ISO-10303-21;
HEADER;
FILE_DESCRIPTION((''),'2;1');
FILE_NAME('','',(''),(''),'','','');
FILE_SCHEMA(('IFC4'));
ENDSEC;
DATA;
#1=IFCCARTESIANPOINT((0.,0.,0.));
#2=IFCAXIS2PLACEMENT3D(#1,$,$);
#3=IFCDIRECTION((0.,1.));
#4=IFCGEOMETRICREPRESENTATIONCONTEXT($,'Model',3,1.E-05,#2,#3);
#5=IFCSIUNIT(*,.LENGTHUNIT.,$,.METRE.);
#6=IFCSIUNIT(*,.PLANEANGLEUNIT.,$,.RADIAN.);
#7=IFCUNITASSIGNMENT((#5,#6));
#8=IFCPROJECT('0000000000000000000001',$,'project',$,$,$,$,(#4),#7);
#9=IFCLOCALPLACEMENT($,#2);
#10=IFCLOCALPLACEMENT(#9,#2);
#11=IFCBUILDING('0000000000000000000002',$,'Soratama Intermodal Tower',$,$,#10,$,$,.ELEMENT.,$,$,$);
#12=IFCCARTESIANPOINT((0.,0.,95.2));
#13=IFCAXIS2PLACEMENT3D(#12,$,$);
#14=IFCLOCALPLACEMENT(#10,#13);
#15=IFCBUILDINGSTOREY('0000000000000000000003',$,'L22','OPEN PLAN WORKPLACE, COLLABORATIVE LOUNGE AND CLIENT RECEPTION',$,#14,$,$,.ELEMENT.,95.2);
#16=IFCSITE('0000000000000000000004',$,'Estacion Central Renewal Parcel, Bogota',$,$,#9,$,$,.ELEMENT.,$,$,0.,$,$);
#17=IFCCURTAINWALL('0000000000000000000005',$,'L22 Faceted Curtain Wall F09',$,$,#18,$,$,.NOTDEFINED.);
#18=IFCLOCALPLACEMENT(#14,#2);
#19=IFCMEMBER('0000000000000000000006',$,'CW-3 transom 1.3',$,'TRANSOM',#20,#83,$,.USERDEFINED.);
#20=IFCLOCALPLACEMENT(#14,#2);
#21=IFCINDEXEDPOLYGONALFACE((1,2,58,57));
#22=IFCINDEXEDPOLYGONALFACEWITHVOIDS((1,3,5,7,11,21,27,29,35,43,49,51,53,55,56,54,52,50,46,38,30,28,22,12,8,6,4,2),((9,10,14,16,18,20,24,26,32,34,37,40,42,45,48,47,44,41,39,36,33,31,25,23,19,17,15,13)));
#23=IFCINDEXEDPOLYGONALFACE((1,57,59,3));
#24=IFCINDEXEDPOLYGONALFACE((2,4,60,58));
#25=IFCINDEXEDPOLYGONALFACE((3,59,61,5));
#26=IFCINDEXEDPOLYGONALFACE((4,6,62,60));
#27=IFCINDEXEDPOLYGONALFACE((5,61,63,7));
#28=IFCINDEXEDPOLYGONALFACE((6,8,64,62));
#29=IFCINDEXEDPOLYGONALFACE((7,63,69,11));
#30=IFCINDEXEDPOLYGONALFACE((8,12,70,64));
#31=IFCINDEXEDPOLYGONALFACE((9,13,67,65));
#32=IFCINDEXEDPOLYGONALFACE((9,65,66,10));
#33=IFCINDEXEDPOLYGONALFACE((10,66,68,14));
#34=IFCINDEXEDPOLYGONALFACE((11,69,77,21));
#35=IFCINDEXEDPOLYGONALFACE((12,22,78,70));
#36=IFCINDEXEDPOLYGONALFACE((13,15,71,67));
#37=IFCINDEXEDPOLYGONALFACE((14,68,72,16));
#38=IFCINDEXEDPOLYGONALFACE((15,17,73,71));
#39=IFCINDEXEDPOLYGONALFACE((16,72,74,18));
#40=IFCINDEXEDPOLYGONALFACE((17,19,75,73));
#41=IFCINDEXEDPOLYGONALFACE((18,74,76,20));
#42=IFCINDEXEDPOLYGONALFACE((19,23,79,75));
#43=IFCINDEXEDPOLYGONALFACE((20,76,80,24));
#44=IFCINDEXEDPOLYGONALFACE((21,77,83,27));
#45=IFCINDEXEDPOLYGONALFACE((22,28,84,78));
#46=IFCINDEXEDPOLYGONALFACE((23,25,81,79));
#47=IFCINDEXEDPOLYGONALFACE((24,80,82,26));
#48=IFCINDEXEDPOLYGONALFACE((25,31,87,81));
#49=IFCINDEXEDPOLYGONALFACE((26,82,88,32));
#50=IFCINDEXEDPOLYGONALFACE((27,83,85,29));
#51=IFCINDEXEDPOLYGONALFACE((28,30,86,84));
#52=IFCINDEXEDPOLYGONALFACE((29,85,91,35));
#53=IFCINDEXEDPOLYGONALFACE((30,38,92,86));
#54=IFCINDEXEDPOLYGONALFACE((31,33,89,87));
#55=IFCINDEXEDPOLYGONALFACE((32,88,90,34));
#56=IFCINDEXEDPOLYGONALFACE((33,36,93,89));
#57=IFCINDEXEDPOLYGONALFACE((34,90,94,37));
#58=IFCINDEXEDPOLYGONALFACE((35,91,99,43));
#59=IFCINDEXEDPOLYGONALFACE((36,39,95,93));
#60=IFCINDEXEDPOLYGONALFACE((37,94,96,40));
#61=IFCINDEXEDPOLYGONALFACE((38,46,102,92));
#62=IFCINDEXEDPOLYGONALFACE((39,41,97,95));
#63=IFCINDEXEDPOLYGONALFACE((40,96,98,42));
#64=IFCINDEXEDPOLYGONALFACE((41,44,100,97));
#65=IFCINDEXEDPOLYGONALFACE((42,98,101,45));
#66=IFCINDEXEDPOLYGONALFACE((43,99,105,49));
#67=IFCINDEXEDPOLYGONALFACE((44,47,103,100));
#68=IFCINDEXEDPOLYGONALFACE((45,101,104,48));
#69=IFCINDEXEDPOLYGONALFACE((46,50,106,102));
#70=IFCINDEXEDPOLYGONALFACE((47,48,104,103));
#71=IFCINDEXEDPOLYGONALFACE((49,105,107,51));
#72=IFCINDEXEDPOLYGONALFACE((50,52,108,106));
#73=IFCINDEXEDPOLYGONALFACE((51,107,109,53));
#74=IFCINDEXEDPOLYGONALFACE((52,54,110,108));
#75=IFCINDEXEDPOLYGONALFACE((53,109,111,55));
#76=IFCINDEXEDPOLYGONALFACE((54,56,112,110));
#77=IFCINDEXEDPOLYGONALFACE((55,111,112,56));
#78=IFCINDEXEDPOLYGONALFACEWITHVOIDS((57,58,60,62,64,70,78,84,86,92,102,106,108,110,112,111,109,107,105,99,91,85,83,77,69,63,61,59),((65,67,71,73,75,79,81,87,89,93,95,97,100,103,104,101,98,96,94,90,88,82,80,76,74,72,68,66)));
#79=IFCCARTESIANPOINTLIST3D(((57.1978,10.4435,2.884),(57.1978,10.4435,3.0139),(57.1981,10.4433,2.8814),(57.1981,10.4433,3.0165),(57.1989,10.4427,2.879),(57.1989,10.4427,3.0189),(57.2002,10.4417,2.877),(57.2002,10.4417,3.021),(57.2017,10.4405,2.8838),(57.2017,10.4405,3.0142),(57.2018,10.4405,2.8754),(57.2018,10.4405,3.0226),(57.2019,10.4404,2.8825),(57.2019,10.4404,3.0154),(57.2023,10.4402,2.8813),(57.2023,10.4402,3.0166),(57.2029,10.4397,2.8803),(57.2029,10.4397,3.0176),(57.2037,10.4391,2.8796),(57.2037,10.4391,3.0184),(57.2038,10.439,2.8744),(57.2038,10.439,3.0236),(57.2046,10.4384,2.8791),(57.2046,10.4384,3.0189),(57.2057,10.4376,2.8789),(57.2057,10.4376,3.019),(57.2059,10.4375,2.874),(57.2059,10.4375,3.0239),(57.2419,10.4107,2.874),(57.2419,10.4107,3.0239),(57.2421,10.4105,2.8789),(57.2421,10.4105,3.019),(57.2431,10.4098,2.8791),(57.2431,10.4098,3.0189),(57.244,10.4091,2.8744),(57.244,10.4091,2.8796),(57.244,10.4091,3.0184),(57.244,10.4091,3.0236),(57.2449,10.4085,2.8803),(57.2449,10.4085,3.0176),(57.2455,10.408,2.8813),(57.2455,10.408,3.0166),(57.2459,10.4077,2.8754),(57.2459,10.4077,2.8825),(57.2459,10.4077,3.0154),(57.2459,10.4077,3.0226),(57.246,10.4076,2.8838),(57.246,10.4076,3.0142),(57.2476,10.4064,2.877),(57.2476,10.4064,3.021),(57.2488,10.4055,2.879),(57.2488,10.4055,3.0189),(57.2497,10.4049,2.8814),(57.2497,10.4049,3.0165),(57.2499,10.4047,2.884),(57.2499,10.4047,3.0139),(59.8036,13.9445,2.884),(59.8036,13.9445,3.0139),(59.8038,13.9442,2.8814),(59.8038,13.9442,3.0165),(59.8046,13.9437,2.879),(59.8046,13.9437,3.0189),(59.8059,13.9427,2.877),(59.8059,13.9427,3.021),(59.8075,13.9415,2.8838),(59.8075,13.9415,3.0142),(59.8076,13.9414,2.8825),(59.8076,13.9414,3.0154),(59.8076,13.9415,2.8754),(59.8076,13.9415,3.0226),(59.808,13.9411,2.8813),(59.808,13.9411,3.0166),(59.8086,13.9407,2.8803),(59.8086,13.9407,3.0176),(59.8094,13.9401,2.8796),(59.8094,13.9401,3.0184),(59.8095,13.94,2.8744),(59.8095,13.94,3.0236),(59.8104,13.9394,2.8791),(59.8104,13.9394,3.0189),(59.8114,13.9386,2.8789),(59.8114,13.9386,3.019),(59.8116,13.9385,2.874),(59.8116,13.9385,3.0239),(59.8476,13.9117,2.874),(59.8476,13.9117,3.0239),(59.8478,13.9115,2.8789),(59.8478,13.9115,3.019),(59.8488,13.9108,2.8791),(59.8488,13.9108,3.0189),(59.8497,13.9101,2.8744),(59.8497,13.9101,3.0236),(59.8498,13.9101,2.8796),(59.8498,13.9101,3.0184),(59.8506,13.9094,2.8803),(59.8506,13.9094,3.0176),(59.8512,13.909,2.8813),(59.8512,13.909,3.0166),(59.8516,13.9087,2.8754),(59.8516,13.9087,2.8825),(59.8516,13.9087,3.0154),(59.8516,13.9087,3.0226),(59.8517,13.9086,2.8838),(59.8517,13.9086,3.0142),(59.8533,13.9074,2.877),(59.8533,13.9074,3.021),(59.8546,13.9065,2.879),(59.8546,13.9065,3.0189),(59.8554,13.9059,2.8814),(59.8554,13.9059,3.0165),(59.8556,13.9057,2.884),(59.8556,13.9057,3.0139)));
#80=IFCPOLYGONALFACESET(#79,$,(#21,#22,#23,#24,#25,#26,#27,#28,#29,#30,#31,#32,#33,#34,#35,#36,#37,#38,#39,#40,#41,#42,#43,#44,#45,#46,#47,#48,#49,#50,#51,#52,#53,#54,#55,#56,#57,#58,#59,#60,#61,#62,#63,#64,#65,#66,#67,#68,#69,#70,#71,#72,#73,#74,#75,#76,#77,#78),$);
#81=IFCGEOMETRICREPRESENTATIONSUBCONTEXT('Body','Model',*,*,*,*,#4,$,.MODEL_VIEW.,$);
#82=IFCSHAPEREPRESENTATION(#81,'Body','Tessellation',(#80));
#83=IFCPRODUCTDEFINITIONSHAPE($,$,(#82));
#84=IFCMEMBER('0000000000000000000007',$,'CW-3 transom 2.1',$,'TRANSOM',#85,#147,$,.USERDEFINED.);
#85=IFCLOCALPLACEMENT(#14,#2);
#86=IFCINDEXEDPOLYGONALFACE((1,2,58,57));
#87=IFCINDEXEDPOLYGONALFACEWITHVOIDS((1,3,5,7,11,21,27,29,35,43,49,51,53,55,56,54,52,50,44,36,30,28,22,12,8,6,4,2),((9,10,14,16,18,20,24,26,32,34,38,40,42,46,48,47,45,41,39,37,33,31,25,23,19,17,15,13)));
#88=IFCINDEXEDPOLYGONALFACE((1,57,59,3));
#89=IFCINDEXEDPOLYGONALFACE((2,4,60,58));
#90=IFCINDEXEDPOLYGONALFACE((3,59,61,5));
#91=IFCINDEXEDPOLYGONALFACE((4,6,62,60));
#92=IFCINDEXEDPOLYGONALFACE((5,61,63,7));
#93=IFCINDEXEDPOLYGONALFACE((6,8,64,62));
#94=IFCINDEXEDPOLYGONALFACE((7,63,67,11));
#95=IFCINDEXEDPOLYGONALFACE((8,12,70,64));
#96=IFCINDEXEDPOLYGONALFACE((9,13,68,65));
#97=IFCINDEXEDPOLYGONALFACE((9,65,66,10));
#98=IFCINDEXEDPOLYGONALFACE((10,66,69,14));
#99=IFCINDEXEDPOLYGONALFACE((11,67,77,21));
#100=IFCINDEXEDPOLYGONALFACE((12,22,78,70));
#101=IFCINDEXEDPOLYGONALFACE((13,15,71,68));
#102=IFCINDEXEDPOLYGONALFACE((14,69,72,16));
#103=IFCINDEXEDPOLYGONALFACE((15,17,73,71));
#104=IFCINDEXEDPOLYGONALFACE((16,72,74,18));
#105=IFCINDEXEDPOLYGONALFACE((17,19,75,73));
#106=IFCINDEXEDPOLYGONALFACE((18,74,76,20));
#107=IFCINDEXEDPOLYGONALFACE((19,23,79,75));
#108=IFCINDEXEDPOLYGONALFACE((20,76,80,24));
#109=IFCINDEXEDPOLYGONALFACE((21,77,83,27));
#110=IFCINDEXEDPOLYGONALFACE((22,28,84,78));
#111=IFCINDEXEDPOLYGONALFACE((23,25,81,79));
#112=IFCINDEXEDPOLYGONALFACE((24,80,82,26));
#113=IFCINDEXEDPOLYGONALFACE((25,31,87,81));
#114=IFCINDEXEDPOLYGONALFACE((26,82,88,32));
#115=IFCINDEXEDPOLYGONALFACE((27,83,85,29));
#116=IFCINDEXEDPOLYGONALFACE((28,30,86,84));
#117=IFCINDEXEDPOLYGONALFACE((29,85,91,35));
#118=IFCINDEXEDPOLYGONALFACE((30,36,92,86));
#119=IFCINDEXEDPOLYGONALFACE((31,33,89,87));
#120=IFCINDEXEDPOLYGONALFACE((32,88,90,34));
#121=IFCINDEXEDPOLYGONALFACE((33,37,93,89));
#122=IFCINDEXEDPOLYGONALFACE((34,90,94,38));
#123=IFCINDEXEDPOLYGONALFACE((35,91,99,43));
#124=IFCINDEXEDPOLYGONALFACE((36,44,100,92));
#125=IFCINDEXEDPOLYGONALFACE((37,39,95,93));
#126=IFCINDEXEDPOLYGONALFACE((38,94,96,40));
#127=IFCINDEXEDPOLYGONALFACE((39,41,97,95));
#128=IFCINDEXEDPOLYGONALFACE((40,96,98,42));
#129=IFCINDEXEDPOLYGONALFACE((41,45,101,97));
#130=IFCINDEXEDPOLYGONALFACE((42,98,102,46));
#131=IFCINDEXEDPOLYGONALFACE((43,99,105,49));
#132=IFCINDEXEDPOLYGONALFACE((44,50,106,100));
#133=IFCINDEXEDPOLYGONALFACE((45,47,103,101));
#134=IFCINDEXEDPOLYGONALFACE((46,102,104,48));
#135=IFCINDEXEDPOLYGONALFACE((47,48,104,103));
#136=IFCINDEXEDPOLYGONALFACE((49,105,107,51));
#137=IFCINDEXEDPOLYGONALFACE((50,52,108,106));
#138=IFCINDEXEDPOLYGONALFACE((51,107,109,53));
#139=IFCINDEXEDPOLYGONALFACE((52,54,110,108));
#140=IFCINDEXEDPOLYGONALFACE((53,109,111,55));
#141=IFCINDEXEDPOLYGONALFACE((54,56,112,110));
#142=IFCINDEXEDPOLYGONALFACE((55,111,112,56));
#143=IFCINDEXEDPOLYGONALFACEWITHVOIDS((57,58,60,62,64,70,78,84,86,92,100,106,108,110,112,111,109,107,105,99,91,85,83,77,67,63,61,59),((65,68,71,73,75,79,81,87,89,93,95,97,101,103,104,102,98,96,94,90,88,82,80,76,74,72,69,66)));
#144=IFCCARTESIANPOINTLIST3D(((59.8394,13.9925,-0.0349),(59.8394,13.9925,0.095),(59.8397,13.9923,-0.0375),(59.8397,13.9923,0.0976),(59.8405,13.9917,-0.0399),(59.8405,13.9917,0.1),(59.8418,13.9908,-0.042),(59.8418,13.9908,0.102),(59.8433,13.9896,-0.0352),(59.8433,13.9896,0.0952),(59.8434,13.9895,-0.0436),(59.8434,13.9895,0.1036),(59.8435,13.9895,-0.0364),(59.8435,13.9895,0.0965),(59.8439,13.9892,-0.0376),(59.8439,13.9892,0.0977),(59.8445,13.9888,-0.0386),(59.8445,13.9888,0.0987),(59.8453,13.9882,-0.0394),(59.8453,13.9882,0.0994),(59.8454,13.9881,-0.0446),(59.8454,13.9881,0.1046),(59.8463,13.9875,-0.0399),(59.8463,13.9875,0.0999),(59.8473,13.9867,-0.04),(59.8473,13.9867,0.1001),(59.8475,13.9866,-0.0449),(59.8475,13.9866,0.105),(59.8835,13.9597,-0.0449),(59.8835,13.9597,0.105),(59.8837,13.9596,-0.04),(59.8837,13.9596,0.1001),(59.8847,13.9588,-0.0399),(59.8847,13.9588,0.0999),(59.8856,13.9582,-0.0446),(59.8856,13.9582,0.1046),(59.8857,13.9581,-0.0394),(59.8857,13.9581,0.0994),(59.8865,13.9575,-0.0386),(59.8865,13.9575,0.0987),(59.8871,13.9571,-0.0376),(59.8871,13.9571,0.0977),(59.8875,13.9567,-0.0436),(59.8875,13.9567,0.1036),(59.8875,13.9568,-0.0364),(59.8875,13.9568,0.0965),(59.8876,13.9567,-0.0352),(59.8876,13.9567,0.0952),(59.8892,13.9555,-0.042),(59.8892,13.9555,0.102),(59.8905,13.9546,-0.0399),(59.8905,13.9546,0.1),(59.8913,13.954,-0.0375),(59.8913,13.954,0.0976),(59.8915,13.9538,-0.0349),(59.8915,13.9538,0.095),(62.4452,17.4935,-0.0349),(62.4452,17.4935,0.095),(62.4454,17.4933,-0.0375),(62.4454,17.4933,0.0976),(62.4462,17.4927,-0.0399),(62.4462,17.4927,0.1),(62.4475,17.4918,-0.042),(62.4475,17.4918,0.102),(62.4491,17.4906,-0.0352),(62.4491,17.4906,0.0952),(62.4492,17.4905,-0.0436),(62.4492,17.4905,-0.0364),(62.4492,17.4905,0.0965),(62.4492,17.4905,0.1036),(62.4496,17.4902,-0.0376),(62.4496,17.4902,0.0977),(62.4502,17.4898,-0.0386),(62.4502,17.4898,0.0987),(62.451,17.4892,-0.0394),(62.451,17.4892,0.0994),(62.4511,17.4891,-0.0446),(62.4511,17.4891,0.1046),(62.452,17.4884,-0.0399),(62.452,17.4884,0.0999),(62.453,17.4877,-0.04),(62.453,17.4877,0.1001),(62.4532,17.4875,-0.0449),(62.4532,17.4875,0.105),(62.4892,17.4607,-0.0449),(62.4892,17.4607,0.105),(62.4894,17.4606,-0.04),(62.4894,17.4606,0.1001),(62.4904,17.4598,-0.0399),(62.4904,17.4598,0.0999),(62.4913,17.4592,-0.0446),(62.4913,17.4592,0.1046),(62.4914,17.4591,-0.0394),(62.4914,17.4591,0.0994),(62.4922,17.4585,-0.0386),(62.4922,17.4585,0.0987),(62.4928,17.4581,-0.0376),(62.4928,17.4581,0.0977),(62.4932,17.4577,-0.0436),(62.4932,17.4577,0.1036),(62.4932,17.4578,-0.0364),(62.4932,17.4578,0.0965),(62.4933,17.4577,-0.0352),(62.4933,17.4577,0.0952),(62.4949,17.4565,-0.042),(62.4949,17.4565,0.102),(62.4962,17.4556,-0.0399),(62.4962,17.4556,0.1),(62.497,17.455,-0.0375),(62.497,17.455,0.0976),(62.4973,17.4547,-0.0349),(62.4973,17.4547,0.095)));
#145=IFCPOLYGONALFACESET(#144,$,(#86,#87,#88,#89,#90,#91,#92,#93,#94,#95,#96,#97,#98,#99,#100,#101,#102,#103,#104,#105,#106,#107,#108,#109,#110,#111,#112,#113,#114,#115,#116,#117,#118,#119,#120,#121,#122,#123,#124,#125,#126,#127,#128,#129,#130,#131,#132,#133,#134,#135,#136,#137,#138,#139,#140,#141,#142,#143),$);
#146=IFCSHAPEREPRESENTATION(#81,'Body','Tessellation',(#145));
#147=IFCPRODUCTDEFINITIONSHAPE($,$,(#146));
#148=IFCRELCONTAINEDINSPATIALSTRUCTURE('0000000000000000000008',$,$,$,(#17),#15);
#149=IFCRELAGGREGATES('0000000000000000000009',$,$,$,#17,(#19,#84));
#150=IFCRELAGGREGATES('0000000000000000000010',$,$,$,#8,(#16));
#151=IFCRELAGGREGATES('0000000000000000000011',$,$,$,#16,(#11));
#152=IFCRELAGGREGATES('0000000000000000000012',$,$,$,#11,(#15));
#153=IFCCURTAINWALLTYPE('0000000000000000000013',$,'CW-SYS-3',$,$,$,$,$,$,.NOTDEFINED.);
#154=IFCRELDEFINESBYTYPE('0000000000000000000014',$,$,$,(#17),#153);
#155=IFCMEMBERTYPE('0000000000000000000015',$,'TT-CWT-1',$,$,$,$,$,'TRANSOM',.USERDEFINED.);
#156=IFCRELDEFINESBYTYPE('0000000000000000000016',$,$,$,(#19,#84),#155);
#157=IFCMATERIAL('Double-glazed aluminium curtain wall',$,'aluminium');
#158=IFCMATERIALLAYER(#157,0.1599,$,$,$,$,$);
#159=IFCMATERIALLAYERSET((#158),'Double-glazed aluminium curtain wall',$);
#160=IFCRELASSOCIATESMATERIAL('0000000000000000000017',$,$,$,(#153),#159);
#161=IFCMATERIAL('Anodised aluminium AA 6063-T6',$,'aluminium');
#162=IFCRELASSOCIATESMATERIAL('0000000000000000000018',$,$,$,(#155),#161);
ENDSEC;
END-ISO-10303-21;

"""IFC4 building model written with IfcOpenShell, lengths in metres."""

from ifc_helpers import new_model, si_unit, direction, frame, origin, origin_2d, place, context, subcontext, project, spatial, hollow_rectangle, extrude, material, layer, layer_set, material_profile, profile_set, type_object, element, aggregate, save


model = new_model("IFC4")

# Units and contexts
model_context = context("Model", 3, precision=1e-05, world=origin(), true_north=direction((0.0, 1.0)))
body_context = subcontext(model_context, "Body", "Model", "MODEL_VIEW")
ifc_project = project(units=[si_unit("LENGTHUNIT", "METRE"), si_unit("PLANEANGLEUNIT", "RADIAN")], contexts=[model_context])

# Site, building, storey
site_placement = place(None, origin())
site = spatial("IfcSite", under=ifc_project, at=site_placement, Name="Estacion Central Renewal Parcel, Bogota", CompositionType="ELEMENT", RefElevation=0.0)
building_placement = place(site_placement, origin())
building = spatial("IfcBuilding", under=site, at=building_placement, Name="Soratama Intermodal Tower", CompositionType="ELEMENT")
storey_placement = place(building_placement, frame((0.0, 0.0, 95.2)))
storey = spatial("IfcBuildingStorey", under=building, at=storey_placement, Name="L22", Description="OPEN PLAN WORKPLACE, COLLABORATIVE LOUNGE AND CLIENT RECEPTION", CompositionType="ELEMENT", Elevation=95.2)

# Curtain wall, members
ifc_material_1 = material(Name="Double-glazed aluminium curtain wall", Category="aluminium")
ifc_layer_1 = layer(ifc_material_1, 0.1599)
ifc_layer_set_1 = layer_set([ifc_layer_1], Name="Double-glazed aluminium curtain wall")
curtain_wall_type = type_object("IfcCurtainWallType", Name="CW-SYS-3", PredefinedType="NOTDEFINED", material=ifc_layer_set_1)
curtain_wall_placement = place(storey_placement, origin())
curtain_wall = element("IfcCurtainWall", 1, at=curtain_wall_placement, inside=storey, type_object=curtain_wall_type, Name="L22 Faceted Curtain Wall F09", PredefinedType="NOTDEFINED")
ifc_material_2 = material(Name="Anodised aluminium AA 6063-T6", Category="aluminium")
ifc_material_profile_1 = material_profile(ifc_material_2, hollow_rectangle(XDim=0.0649, YDim=0.1499, WallThickness=0.0049, InnerFilletRadius=0.0049, OuterFilletRadius=0.01, at=origin_2d()), Name="CWT150X65X5")
ifc_profile_set_1 = profile_set([ifc_material_profile_1], Name="Anodised aluminium AA 6063-T6")
member_type_1 = type_object("IfcMemberType", Name="TT-CWT-1", ElementType="TRANSOM", PredefinedType="USERDEFINED", material=ifc_profile_set_1)
member_1_placement = place(storey_placement, frame((57.2239, 10.4241, 2.949), z_axis=(0.59706, 0.802196, 0.0), x_axis=(-0.802196, 0.59706, 0.0)))
member_1 = element("IfcMember", 2, at=member_1_placement, type_object=member_type_1, Name="CW-3 transom 1.3", ObjectType="TRANSOM", PredefinedType="USERDEFINED", context=body_context, shape_type="SweptSolid", body=[
    extrude(hollow_rectangle(XDim=0.0649, YDim=0.1499, WallThickness=0.0049, InnerFilletRadius=0.0049, OuterFilletRadius=0.01, at=origin_2d()), origin(), (0.0, 0.0, 1.0), 4.3643),
])
member_2_placement = place(storey_placement, frame((59.8655, 13.9731, 0.03), z_axis=(0.59706, 0.802196, 0.0), x_axis=(-0.802196, 0.59706, 0.0)))
member_2 = element("IfcMember", 3, at=member_2_placement, type_object=member_type_1, Name="CW-3 transom 2.1", ObjectType="TRANSOM", PredefinedType="USERDEFINED", context=body_context, shape_type="SweptSolid", body=[
    extrude(hollow_rectangle(XDim=0.0649, YDim=0.1499, WallThickness=0.0049, InnerFilletRadius=0.0049, OuterFilletRadius=0.01, at=origin_2d()), origin(), (0.0, 0.0, 1.0), 4.3643),
])
aggregate(curtain_wall, [member_1, member_2])

save(model, "model.ifc")
